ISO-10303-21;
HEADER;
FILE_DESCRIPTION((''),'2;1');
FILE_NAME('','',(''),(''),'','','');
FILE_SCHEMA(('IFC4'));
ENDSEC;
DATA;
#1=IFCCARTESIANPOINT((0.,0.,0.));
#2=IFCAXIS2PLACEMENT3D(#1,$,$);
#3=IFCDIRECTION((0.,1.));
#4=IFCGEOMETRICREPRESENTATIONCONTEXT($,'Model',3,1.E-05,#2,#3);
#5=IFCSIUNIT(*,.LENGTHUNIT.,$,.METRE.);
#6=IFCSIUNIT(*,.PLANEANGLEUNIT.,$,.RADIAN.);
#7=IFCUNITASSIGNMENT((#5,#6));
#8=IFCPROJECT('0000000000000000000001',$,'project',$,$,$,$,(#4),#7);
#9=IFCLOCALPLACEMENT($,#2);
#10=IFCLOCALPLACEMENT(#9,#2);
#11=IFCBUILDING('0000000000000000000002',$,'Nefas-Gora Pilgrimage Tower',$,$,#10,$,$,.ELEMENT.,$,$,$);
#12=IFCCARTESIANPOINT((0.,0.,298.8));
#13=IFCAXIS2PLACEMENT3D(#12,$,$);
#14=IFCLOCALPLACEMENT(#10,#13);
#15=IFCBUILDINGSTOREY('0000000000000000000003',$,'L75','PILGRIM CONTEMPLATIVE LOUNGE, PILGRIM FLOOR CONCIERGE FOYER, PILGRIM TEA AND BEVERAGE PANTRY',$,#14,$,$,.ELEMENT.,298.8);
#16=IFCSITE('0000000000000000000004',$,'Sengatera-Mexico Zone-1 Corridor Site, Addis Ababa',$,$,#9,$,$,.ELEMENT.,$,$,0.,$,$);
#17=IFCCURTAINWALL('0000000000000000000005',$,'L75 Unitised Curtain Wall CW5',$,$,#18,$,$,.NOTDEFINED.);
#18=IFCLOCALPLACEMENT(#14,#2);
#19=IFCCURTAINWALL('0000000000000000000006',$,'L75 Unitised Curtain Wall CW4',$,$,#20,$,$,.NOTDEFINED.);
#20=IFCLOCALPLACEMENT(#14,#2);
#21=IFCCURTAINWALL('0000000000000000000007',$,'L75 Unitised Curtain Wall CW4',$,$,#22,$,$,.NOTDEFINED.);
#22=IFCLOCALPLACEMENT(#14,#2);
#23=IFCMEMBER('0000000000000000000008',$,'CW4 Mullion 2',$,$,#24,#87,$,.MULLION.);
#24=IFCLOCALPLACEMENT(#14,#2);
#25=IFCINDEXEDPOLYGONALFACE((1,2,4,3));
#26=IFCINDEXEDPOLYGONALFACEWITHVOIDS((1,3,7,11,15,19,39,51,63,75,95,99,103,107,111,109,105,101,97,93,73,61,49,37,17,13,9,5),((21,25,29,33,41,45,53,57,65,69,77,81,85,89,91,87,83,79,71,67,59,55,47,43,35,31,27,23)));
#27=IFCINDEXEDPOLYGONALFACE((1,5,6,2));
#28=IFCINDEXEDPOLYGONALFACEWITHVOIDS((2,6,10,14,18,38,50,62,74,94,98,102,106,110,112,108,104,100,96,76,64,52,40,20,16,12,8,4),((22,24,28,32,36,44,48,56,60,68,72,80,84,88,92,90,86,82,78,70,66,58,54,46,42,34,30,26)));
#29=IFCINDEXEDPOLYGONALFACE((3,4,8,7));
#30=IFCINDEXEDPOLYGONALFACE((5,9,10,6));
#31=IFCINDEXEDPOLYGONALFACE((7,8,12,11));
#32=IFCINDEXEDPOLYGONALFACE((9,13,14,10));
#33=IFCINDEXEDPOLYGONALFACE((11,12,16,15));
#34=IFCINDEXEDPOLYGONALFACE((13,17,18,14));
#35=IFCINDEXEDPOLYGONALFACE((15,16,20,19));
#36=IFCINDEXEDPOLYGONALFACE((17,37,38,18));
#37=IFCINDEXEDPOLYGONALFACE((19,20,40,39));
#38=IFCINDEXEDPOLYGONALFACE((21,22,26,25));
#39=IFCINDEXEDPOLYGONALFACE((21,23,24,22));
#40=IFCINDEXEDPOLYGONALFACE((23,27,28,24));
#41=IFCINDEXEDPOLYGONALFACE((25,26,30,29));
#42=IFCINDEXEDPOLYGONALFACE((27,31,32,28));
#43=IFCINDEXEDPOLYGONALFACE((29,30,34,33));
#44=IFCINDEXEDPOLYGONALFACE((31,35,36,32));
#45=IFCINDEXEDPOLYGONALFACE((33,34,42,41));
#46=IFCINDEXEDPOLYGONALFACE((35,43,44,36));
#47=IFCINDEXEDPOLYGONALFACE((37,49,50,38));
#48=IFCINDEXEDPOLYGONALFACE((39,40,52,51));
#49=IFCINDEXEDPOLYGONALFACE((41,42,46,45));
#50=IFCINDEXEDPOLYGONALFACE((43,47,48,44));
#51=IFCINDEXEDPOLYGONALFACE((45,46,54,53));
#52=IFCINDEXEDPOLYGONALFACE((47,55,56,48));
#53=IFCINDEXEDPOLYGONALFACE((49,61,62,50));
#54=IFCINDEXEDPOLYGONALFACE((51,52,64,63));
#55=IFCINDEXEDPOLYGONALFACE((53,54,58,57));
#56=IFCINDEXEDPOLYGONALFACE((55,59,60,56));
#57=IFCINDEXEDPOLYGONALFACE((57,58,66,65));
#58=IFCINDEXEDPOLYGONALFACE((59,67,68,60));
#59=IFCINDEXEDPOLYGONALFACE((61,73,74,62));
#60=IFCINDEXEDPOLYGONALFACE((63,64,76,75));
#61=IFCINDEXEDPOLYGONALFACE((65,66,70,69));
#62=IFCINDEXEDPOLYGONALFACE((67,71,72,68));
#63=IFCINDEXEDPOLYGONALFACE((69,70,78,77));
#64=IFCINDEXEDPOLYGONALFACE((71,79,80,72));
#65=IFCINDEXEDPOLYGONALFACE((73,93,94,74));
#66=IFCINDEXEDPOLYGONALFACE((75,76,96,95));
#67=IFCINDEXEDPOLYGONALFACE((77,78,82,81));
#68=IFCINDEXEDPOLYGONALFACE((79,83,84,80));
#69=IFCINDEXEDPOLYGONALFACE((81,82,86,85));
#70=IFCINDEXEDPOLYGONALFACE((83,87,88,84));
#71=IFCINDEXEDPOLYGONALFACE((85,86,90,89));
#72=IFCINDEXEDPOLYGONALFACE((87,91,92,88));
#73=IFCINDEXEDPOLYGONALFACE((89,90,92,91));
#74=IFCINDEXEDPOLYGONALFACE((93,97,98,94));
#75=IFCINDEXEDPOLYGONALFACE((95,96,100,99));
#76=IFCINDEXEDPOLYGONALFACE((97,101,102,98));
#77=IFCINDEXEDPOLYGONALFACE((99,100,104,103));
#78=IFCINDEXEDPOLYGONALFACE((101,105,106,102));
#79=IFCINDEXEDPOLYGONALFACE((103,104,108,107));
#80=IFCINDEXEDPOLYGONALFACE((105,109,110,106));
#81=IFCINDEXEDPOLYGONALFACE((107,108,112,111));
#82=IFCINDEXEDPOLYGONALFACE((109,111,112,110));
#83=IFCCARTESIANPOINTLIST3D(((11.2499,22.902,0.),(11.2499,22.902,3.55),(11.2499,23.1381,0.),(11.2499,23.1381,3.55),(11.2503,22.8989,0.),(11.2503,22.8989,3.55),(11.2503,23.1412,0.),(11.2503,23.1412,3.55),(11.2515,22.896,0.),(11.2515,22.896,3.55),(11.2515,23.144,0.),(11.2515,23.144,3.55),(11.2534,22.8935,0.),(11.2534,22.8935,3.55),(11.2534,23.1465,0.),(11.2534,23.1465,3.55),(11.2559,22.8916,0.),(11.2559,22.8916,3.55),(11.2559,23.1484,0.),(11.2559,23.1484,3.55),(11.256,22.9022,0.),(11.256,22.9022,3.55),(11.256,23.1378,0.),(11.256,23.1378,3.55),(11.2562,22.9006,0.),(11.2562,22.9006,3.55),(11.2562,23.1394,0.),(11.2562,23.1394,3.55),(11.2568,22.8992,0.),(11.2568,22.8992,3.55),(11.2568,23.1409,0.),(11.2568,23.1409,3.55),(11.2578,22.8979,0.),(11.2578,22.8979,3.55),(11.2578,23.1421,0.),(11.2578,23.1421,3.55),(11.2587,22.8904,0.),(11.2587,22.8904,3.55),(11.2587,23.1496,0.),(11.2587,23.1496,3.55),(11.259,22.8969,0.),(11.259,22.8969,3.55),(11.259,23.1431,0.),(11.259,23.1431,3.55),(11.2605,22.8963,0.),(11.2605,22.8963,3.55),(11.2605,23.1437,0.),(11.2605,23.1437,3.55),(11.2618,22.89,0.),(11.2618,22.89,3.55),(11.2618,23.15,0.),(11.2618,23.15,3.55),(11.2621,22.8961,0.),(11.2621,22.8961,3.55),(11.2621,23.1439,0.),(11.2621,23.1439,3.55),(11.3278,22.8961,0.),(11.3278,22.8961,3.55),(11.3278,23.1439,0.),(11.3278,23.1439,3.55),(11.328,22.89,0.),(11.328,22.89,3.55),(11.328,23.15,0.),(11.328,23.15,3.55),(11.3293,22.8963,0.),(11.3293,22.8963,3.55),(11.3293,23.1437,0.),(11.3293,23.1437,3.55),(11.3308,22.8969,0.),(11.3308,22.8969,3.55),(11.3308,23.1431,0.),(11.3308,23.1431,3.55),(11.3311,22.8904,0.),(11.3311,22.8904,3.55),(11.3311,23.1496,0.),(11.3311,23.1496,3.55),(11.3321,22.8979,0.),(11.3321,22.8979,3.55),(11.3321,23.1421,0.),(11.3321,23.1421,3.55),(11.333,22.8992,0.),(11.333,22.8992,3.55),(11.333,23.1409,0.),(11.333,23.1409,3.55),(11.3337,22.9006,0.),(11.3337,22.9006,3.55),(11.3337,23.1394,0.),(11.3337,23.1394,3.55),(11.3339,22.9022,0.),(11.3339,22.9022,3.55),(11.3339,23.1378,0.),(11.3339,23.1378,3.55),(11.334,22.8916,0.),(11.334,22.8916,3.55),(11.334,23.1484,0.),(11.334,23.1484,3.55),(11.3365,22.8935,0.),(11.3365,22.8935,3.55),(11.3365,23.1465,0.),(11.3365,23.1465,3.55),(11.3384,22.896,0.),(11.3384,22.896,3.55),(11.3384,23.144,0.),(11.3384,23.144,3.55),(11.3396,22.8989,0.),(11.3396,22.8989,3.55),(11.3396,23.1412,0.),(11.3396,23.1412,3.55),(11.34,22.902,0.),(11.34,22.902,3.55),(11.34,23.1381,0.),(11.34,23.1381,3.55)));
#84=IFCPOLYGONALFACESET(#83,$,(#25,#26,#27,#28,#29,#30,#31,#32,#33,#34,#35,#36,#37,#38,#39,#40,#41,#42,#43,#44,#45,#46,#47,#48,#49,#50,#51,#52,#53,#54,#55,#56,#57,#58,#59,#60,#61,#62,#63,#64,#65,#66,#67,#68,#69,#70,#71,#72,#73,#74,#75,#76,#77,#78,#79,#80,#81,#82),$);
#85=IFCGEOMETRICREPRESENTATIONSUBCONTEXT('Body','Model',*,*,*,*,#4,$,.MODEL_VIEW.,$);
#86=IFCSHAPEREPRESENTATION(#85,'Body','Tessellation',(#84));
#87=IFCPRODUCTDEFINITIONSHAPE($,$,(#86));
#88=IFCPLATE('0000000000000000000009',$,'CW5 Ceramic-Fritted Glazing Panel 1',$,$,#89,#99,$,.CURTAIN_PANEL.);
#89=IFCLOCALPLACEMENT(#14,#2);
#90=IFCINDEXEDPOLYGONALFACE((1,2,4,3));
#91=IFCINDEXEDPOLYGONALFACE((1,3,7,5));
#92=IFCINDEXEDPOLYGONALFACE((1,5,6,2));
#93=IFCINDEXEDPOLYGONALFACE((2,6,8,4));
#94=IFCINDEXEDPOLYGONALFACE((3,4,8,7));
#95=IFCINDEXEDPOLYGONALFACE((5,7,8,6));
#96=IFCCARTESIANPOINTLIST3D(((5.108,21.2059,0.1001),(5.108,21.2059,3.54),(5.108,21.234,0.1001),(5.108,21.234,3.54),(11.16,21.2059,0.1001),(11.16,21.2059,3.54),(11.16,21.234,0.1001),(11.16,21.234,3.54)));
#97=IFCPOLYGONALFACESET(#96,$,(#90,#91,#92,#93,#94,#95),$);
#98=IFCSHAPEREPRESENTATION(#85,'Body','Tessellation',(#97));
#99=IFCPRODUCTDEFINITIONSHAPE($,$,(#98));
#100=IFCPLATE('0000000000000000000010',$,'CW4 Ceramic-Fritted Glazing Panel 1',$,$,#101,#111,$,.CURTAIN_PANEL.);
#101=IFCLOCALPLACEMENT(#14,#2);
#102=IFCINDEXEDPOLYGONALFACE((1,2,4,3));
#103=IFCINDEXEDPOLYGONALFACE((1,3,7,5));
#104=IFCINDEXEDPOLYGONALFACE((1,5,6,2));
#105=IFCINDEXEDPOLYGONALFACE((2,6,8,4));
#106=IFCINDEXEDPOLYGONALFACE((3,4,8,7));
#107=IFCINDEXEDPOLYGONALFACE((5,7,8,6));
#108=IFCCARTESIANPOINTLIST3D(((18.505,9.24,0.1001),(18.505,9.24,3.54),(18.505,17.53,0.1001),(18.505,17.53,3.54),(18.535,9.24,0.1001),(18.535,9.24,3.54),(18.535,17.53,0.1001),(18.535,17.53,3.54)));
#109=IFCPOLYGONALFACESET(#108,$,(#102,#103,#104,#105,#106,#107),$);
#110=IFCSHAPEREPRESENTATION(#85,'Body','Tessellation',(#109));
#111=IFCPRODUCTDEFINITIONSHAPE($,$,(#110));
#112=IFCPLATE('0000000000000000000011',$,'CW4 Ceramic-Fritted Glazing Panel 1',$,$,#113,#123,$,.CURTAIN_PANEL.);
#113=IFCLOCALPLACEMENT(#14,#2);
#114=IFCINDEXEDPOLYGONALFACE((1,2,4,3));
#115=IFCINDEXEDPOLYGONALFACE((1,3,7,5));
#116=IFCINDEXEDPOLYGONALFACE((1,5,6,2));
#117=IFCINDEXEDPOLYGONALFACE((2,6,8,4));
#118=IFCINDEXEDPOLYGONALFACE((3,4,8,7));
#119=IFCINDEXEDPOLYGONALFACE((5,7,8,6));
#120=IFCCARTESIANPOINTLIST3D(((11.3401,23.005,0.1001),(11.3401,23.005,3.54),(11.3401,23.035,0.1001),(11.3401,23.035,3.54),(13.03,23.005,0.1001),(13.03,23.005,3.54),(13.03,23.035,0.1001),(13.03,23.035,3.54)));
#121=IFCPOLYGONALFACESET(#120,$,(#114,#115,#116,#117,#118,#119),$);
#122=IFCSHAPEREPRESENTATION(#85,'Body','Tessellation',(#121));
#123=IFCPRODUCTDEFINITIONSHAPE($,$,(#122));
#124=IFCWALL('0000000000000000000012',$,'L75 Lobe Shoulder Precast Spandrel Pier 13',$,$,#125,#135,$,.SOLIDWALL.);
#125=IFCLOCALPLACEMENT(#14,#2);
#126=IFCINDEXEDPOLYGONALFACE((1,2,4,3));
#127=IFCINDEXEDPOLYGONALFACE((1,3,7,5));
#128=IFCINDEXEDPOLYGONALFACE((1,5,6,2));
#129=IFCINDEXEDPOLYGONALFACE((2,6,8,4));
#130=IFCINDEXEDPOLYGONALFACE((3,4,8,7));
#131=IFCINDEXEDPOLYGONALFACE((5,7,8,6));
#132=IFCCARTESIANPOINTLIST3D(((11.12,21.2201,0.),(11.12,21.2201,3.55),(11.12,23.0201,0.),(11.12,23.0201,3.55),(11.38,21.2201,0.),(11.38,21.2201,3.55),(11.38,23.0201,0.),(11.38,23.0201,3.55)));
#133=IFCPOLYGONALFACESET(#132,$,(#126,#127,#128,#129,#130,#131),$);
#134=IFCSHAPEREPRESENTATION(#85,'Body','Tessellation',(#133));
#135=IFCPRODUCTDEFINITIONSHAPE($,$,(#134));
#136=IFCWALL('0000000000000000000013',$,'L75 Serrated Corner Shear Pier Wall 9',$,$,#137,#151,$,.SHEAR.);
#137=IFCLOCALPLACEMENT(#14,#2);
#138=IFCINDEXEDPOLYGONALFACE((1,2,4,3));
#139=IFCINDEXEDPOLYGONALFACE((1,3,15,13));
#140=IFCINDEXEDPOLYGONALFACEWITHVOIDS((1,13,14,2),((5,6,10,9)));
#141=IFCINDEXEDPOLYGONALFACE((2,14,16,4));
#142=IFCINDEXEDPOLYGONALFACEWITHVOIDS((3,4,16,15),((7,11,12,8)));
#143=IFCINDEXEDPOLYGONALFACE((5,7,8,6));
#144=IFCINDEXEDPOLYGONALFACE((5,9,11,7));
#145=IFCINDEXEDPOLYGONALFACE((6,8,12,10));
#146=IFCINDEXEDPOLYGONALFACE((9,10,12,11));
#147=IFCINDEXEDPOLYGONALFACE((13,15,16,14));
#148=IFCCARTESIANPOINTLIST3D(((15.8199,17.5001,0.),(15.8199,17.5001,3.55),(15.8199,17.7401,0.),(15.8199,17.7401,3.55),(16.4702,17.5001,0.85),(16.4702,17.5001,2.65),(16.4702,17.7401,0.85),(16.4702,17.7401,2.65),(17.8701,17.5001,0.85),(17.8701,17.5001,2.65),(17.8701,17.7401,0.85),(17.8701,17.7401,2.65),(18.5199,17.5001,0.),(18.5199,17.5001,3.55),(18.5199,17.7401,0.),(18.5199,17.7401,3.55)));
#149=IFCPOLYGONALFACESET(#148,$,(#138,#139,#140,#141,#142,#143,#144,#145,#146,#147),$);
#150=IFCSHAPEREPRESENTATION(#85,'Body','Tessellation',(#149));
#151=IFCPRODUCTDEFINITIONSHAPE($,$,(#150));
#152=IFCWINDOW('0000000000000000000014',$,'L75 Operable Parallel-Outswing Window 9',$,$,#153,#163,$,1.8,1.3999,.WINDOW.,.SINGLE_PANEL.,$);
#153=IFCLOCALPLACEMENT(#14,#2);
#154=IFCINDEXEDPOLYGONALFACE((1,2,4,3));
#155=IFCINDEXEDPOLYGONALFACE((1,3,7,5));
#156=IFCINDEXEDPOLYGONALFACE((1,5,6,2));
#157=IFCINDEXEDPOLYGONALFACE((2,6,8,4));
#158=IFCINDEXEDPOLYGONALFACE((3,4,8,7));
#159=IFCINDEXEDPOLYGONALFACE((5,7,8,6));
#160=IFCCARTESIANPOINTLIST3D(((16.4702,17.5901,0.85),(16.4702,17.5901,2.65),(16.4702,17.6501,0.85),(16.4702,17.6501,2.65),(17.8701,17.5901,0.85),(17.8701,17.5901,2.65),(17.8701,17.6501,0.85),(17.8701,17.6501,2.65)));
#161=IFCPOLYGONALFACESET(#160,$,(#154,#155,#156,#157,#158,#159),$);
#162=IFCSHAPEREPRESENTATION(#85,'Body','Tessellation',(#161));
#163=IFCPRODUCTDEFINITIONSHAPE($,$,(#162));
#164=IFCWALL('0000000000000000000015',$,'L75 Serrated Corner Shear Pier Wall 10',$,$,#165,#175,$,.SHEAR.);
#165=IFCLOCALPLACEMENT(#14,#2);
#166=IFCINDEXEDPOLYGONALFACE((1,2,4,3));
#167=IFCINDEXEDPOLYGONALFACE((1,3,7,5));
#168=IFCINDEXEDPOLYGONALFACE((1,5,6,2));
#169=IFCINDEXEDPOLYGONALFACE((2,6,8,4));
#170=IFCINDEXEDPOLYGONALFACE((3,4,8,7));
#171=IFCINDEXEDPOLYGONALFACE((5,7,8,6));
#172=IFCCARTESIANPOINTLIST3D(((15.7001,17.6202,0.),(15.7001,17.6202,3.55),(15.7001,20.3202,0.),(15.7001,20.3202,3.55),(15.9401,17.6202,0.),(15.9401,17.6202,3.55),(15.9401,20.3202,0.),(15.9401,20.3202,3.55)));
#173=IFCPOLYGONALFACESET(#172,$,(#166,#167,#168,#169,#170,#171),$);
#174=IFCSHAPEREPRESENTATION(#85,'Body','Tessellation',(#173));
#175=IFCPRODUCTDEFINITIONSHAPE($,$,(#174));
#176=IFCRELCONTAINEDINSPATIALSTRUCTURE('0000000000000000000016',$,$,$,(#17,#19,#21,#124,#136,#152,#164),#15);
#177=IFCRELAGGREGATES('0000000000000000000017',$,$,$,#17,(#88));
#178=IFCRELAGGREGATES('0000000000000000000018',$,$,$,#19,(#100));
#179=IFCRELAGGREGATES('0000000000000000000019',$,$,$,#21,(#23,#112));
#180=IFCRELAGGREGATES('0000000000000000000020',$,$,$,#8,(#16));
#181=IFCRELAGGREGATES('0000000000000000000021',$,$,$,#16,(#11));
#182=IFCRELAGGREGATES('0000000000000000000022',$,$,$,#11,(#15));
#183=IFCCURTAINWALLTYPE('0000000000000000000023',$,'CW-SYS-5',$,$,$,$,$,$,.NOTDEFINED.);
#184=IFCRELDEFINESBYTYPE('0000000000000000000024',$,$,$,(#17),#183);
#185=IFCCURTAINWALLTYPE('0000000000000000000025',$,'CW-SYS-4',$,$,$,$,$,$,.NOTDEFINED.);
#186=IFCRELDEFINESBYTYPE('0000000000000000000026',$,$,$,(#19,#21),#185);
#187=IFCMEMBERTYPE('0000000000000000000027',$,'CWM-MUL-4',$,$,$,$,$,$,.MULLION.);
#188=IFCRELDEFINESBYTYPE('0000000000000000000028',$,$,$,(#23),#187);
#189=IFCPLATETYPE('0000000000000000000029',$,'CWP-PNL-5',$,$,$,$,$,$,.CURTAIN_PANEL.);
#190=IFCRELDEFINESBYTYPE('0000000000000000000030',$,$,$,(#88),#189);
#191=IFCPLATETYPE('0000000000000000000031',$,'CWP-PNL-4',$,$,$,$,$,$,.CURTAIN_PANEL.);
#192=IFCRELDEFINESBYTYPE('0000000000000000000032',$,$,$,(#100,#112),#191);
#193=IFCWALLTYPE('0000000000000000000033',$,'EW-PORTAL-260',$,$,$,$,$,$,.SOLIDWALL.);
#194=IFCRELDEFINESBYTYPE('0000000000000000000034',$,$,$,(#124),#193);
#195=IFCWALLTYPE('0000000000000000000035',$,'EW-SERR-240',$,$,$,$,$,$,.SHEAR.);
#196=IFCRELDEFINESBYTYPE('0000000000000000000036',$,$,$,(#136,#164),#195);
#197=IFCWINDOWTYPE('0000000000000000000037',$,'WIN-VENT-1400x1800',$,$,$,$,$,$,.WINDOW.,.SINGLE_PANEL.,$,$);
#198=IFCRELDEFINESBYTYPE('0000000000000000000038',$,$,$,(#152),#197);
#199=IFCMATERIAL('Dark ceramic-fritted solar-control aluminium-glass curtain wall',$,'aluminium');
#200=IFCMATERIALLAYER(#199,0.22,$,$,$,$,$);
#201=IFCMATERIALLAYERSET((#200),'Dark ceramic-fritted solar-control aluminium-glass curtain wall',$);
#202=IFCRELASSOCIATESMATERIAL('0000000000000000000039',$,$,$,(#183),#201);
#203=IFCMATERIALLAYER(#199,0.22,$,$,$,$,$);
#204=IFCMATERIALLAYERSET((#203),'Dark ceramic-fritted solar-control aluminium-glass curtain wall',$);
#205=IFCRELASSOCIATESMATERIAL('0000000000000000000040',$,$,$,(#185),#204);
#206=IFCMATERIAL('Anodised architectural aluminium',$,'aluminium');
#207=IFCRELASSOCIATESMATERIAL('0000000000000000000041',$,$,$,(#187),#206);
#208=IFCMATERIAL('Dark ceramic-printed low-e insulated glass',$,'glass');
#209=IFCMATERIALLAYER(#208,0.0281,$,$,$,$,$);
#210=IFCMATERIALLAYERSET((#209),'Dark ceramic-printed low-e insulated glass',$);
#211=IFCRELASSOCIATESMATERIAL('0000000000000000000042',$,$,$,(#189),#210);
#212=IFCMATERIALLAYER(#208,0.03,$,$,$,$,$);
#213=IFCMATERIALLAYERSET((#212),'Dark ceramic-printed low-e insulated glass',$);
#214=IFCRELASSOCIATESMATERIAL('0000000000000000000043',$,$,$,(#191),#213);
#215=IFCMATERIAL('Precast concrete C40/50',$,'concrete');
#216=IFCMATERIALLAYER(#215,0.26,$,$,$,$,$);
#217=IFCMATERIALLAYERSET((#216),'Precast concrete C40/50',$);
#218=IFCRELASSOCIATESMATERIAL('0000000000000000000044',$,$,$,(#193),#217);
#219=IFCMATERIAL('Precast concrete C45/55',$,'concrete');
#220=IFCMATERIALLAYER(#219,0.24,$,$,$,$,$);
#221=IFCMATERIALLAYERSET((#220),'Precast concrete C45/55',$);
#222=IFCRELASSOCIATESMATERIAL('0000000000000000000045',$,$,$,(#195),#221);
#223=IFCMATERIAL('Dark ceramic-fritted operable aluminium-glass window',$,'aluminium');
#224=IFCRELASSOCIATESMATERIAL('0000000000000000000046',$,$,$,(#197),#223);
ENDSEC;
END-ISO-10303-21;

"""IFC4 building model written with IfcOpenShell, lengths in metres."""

from ifc_helpers import new_model, si_unit, direction, frame, frame_2d, origin, origin_2d, place, context, subcontext, project, spatial, rectangle, hollow_rectangle, extrude, source, transform, mapped, material, layer, layer_set, material_profile, profile_set, type_object, element, fill, aggregate, save


model = new_model("IFC4")

# Units and contexts
model_context = context("Model", 3, precision=1e-05, world=origin(), true_north=direction((0.0, 1.0)))
body_context = subcontext(model_context, "Body", "Model", "MODEL_VIEW")
ifc_project = project(units=[si_unit("LENGTHUNIT", "METRE"), si_unit("PLANEANGLEUNIT", "RADIAN")], contexts=[model_context])

# Site, building, storey
site_placement = place(None, origin())
site = spatial("IfcSite", under=ifc_project, at=site_placement, Name="Sengatera-Mexico Zone-1 Corridor Site, Addis Ababa", CompositionType="ELEMENT", RefElevation=0.0)
building_placement = place(site_placement, origin())
building = spatial("IfcBuilding", under=site, at=building_placement, Name="Nefas-Gora Pilgrimage Tower", CompositionType="ELEMENT")
storey_placement = place(building_placement, frame((0.0, 0.0, 298.8)))
storey = spatial("IfcBuildingStorey", under=building, at=storey_placement, Name="L75", Description="PILGRIM CONTEMPLATIVE LOUNGE, PILGRIM FLOOR CONCIERGE FOYER, PILGRIM TEA AND BEVERAGE PANTRY", CompositionType="ELEMENT", Elevation=298.8)

# Curtain wall
ifc_material_1 = material(Name="Dark ceramic-fritted solar-control aluminium-glass curtain wall", Category="aluminium")
ifc_layer_1 = layer(ifc_material_1, 0.22)
ifc_layer_set_1 = layer_set([ifc_layer_1], Name="Dark ceramic-fritted solar-control aluminium-glass curtain wall")
curtain_wall_type_1 = type_object("IfcCurtainWallType", Name="CW-SYS-5", PredefinedType="NOTDEFINED", material=ifc_layer_set_1)
curtain_wall_1_placement = place(storey_placement, origin())
curtain_wall_1 = element("IfcCurtainWall", 1, at=curtain_wall_1_placement, inside=storey, type_object=curtain_wall_type_1, Name="L75 Unitised Curtain Wall CW5", PredefinedType="NOTDEFINED")
ifc_material_2 = material(Name="Anodised architectural aluminium", Category="aluminium")

# Curtain walls
ifc_layer_2 = layer(ifc_material_1, 0.22)
ifc_layer_set_2 = layer_set([ifc_layer_2], Name="Dark ceramic-fritted solar-control aluminium-glass curtain wall")
curtain_wall_type_2 = type_object("IfcCurtainWallType", Name="CW-SYS-4", PredefinedType="NOTDEFINED", material=ifc_layer_set_2)
curtain_wall_2_placement = place(storey_placement, origin())
curtain_wall_2 = element("IfcCurtainWall", 2, at=curtain_wall_2_placement, inside=storey, type_object=curtain_wall_type_2, Name="L75 Unitised Curtain Wall CW4", PredefinedType="NOTDEFINED")
curtain_wall_3_placement = place(storey_placement, origin())
curtain_wall_3 = element("IfcCurtainWall", 3, at=curtain_wall_3_placement, inside=storey, type_object=curtain_wall_type_2, Name="L75 Unitised Curtain Wall CW4", PredefinedType="NOTDEFINED")

# Member
ifc_material_profile_1 = material_profile(ifc_material_2, hollow_rectangle(XDim=0.0901, YDim=0.26, WallThickness=0.0061, InnerFilletRadius=0.0061, OuterFilletRadius=0.012, at=origin_2d()), Name="ALU MULLION 90x260")
ifc_profile_set_1 = profile_set([ifc_material_profile_1], Name="Anodised architectural aluminium")
member_type_1 = type_object("IfcMemberType", Name="CWM-MUL-4", PredefinedType="MULLION", material=ifc_profile_set_1)
shared_shape_1 = source(origin(), body_context, "Body", "SweptSolid", [
    extrude(hollow_rectangle(XDim=0.0901, YDim=0.26, WallThickness=0.0061, InnerFilletRadius=0.0061, OuterFilletRadius=0.012, at=origin_2d()), origin(), (0.0, 0.0, 1.0), 3.55),
])
member_1_placement = place(storey_placement, frame((11.2949, 23.02, 0.0), z_axis=(0.0, 0.0, 1.0), x_axis=(-1.0, 0.0, 0.0)))
member_1 = element("IfcMember", 4, at=member_1_placement, type_object=member_type_1, Name="CW4 Mullion 2", PredefinedType="MULLION", context=body_context, shape_type="MappedRepresentation", body=[
    mapped(shared_shape_1, transform((0.0, 0.0, 0.0), x_axis=(1.0, 0.0, 0.0), y_axis=(0.0, 1.0, 0.0), z_axis=(0.0, 0.0, 1.0), scale=1.0)),
])

# Plates
ifc_material_3 = material(Name="Dark ceramic-printed low-e insulated glass", Category="glass")
ifc_layer_3 = layer(ifc_material_3, 0.0281)
ifc_layer_set_3 = layer_set([ifc_layer_3], Name="Dark ceramic-printed low-e insulated glass")
plate_type_1 = type_object("IfcPlateType", Name="CWP-PNL-5", PredefinedType="CURTAIN_PANEL", material=ifc_layer_set_3)
shared_shape_2 = source(origin(), body_context, "Body", "SweptSolid", [
    extrude(rectangle(XDim=6.052, YDim=0.0281, at=origin_2d()), origin(), (0.0, 0.0, 1.0), 3.4399),
])
plate_1_placement = place(storey_placement, frame((8.134, 21.22, 0.1001), z_axis=(0.0, 0.0, 1.0), x_axis=(-1.0, 0.0, 0.0)))
plate_1 = element("IfcPlate", 5, at=plate_1_placement, type_object=plate_type_1, Name="CW5 Ceramic-Fritted Glazing Panel 1", PredefinedType="CURTAIN_PANEL", context=body_context, shape_type="MappedRepresentation", body=[
    mapped(shared_shape_2, transform((0.0, 0.0, 0.0), x_axis=(1.0, 0.0, 0.0), y_axis=(0.0, 1.0, 0.0), z_axis=(0.0, 0.0, 1.0), scale=1.0)),
])
aggregate(curtain_wall_1, [plate_1])
ifc_layer_4 = layer(ifc_material_3, 0.03)
ifc_layer_set_4 = layer_set([ifc_layer_4], Name="Dark ceramic-printed low-e insulated glass")
plate_type_2 = type_object("IfcPlateType", Name="CWP-PNL-4", PredefinedType="CURTAIN_PANEL", material=ifc_layer_set_4)
shared_shape_3 = source(origin(), body_context, "Body", "SweptSolid", [
    extrude(rectangle(XDim=8.29, YDim=0.03, at=origin_2d()), origin(), (0.0, 0.0, 1.0), 3.4399),
])
plate_2_placement = place(storey_placement, frame((18.52, 13.385, 0.1001), z_axis=(0.0, 0.0, 1.0), x_axis=(0.0, 1.0, 0.0)))
plate_2 = element("IfcPlate", 6, at=plate_2_placement, type_object=plate_type_2, Name="CW4 Ceramic-Fritted Glazing Panel 1", PredefinedType="CURTAIN_PANEL", context=body_context, shape_type="MappedRepresentation", body=[
    mapped(shared_shape_3, transform((0.0, 0.0, 0.0), x_axis=(1.0, 0.0, 0.0), y_axis=(0.0, 1.0, 0.0), z_axis=(0.0, 0.0, 1.0), scale=1.0)),
])
aggregate(curtain_wall_2, [plate_2])
shared_shape_4 = source(origin(), body_context, "Body", "SweptSolid", [
    extrude(rectangle(XDim=1.6899, YDim=0.03, at=origin_2d()), origin(), (0.0, 0.0, 1.0), 3.4399),
])
plate_3_placement = place(storey_placement, frame((12.1851, 23.02, 0.1001), z_axis=(0.0, 0.0, 1.0), x_axis=(-1.0, 0.0, 0.0)))
plate_3 = element("IfcPlate", 7, at=plate_3_placement, type_object=plate_type_2, Name="CW4 Ceramic-Fritted Glazing Panel 1", PredefinedType="CURTAIN_PANEL", context=body_context, shape_type="MappedRepresentation", body=[
    mapped(shared_shape_4, transform((0.0, 0.0, 0.0), x_axis=(1.0, 0.0, 0.0), y_axis=(0.0, 1.0, 0.0), z_axis=(0.0, 0.0, 1.0), scale=1.0)),
])
aggregate(curtain_wall_3, [member_1, plate_3])

# Wall
ifc_material_4 = material(Name="Precast concrete C40/50", Category="concrete")
ifc_layer_5 = layer(ifc_material_4, 0.26)
ifc_layer_set_5 = layer_set([ifc_layer_5], Name="Precast concrete C40/50")
wall_type_1 = type_object("IfcWallType", Name="EW-PORTAL-260", PredefinedType="SOLIDWALL", material=ifc_layer_set_5)
shared_shape_5 = source(origin(), body_context, "Body", "SweptSolid", [
    extrude(rectangle(XDim=1.8, YDim=0.26, at=frame_2d((0.8999, 0.0))), origin(), (0.0, 0.0, 1.0), 3.55),
])
wall_1_placement = place(storey_placement, frame((11.25, 23.02, 0.0), z_axis=(0.0, 0.0, 1.0), x_axis=(0.0, -1.0, 0.0)))
element("IfcWall", 8, at=wall_1_placement, inside=storey, type_object=wall_type_1, Name="L75 Lobe Shoulder Precast Spandrel Pier 13", PredefinedType="SOLIDWALL", context=body_context, shape_type="MappedRepresentation", body=[
    mapped(shared_shape_5, transform((0.0, 0.0, 0.0), x_axis=(1.0, 0.0, 0.0), y_axis=(0.0, 1.0, 0.0), z_axis=(0.0, 0.0, 1.0), scale=1.0)),
])

# Wall, opening, window
ifc_material_5 = material(Name="Precast concrete C45/55", Category="concrete")
ifc_layer_6 = layer(ifc_material_5, 0.24)
ifc_layer_set_6 = layer_set([ifc_layer_6], Name="Precast concrete C45/55")
wall_type_2 = type_object("IfcWallType", Name="EW-SERR-240", PredefinedType="SHEAR", material=ifc_layer_set_6)
shared_shape_6 = source(origin(), body_context, "Body", "SweptSolid", [
    extrude(rectangle(XDim=2.7, YDim=0.24, at=frame_2d((1.3501, 0.0))), origin(), (0.0, 0.0, 1.0), 3.55),
])
wall_2_placement = place(storey_placement, frame((18.52, 17.6201, 0.0), z_axis=(0.0, 0.0, 1.0), x_axis=(-1.0, 0.0, 0.0)))
wall_2 = element("IfcWall", 9, at=wall_2_placement, inside=storey, type_object=wall_type_2, Name="L75 Serrated Corner Shear Pier Wall 9", PredefinedType="SHEAR", context=body_context, shape_type="MappedRepresentation", body=[
    mapped(shared_shape_6, transform((0.0, 0.0, 0.0), x_axis=(1.0, 0.0, 0.0), y_axis=(0.0, 1.0, 0.0), z_axis=(0.0, 0.0, 1.0), scale=1.0)),
])
opening_1_placement = place(wall_2_placement, frame((0.6499, 0.0, 0.8501)))
opening_1 = element("IfcOpeningElement", 10, at=opening_1_placement, cuts=wall_2, PredefinedType="OPENING", context=body_context, shape_type="SweptSolid", body=[
    extrude(rectangle(XDim=1.3999, YDim=1.8, at=frame_2d((0.7, 0.8999))), frame((0.0, 0.1299, 0.0), z_axis=(0.0, -1.0, 0.0), x_axis=(1.0, 0.0, 0.0)), (0.0, 0.0, 1.0), 0.26),
])
ifc_material_6 = material(Name="Dark ceramic-fritted operable aluminium-glass window", Category="aluminium")
window_type = type_object("IfcWindowType", Name="WIN-VENT-1400x1800", PartitioningType="SINGLE_PANEL", PredefinedType="WINDOW", material=ifc_material_6)
shared_shape_7 = source(origin(), body_context, "Body", "SweptSolid", [
    extrude(rectangle(XDim=1.3999, YDim=1.8, at=frame_2d((0.7, 0.8999))), frame((0.0, 0.03, 0.0), z_axis=(0.0, -1.0, 0.0), x_axis=(1.0, 0.0, 0.0)), (0.0, 0.0, 1.0), 0.0601),
])
window_placement = place(opening_1_placement, origin())
window = element("IfcWindow", 11, at=window_placement, inside=storey, type_object=window_type, Name="L75 Operable Parallel-Outswing Window 9", OverallHeight=1.8, OverallWidth=1.3999, PartitioningType="SINGLE_PANEL", PredefinedType="WINDOW", context=body_context, shape_type="MappedRepresentation", body=[
    mapped(shared_shape_7, transform((0.0, 0.0, 0.0), x_axis=(1.0, 0.0, 0.0), y_axis=(0.0, 1.0, 0.0), z_axis=(0.0, 0.0, 1.0), scale=1.0)),
])
fill(opening_1, window)

# Wall
for number, where, z_axis, x_axis, name in (
    (12, (15.8201, 17.6201, 0.0), (0.0, 0.0, 1.0), (0.0, 1.0, 0.0), "L75 Serrated Corner Shear Pier Wall 10"),
):
    element("IfcWall", number, at=place(storey_placement, frame(where, z_axis=z_axis, x_axis=x_axis)), inside=storey, type_object=wall_type_2, Name=name, PredefinedType="SHEAR", context=body_context, shape_type="MappedRepresentation", body=[
        mapped(shared_shape_6, transform((0.0, 0.0, 0.0), x_axis=(1.0, 0.0, 0.0), y_axis=(0.0, 1.0, 0.0), z_axis=(0.0, 0.0, 1.0), scale=1.0)),
    ])

save(model, "model.ifc")
